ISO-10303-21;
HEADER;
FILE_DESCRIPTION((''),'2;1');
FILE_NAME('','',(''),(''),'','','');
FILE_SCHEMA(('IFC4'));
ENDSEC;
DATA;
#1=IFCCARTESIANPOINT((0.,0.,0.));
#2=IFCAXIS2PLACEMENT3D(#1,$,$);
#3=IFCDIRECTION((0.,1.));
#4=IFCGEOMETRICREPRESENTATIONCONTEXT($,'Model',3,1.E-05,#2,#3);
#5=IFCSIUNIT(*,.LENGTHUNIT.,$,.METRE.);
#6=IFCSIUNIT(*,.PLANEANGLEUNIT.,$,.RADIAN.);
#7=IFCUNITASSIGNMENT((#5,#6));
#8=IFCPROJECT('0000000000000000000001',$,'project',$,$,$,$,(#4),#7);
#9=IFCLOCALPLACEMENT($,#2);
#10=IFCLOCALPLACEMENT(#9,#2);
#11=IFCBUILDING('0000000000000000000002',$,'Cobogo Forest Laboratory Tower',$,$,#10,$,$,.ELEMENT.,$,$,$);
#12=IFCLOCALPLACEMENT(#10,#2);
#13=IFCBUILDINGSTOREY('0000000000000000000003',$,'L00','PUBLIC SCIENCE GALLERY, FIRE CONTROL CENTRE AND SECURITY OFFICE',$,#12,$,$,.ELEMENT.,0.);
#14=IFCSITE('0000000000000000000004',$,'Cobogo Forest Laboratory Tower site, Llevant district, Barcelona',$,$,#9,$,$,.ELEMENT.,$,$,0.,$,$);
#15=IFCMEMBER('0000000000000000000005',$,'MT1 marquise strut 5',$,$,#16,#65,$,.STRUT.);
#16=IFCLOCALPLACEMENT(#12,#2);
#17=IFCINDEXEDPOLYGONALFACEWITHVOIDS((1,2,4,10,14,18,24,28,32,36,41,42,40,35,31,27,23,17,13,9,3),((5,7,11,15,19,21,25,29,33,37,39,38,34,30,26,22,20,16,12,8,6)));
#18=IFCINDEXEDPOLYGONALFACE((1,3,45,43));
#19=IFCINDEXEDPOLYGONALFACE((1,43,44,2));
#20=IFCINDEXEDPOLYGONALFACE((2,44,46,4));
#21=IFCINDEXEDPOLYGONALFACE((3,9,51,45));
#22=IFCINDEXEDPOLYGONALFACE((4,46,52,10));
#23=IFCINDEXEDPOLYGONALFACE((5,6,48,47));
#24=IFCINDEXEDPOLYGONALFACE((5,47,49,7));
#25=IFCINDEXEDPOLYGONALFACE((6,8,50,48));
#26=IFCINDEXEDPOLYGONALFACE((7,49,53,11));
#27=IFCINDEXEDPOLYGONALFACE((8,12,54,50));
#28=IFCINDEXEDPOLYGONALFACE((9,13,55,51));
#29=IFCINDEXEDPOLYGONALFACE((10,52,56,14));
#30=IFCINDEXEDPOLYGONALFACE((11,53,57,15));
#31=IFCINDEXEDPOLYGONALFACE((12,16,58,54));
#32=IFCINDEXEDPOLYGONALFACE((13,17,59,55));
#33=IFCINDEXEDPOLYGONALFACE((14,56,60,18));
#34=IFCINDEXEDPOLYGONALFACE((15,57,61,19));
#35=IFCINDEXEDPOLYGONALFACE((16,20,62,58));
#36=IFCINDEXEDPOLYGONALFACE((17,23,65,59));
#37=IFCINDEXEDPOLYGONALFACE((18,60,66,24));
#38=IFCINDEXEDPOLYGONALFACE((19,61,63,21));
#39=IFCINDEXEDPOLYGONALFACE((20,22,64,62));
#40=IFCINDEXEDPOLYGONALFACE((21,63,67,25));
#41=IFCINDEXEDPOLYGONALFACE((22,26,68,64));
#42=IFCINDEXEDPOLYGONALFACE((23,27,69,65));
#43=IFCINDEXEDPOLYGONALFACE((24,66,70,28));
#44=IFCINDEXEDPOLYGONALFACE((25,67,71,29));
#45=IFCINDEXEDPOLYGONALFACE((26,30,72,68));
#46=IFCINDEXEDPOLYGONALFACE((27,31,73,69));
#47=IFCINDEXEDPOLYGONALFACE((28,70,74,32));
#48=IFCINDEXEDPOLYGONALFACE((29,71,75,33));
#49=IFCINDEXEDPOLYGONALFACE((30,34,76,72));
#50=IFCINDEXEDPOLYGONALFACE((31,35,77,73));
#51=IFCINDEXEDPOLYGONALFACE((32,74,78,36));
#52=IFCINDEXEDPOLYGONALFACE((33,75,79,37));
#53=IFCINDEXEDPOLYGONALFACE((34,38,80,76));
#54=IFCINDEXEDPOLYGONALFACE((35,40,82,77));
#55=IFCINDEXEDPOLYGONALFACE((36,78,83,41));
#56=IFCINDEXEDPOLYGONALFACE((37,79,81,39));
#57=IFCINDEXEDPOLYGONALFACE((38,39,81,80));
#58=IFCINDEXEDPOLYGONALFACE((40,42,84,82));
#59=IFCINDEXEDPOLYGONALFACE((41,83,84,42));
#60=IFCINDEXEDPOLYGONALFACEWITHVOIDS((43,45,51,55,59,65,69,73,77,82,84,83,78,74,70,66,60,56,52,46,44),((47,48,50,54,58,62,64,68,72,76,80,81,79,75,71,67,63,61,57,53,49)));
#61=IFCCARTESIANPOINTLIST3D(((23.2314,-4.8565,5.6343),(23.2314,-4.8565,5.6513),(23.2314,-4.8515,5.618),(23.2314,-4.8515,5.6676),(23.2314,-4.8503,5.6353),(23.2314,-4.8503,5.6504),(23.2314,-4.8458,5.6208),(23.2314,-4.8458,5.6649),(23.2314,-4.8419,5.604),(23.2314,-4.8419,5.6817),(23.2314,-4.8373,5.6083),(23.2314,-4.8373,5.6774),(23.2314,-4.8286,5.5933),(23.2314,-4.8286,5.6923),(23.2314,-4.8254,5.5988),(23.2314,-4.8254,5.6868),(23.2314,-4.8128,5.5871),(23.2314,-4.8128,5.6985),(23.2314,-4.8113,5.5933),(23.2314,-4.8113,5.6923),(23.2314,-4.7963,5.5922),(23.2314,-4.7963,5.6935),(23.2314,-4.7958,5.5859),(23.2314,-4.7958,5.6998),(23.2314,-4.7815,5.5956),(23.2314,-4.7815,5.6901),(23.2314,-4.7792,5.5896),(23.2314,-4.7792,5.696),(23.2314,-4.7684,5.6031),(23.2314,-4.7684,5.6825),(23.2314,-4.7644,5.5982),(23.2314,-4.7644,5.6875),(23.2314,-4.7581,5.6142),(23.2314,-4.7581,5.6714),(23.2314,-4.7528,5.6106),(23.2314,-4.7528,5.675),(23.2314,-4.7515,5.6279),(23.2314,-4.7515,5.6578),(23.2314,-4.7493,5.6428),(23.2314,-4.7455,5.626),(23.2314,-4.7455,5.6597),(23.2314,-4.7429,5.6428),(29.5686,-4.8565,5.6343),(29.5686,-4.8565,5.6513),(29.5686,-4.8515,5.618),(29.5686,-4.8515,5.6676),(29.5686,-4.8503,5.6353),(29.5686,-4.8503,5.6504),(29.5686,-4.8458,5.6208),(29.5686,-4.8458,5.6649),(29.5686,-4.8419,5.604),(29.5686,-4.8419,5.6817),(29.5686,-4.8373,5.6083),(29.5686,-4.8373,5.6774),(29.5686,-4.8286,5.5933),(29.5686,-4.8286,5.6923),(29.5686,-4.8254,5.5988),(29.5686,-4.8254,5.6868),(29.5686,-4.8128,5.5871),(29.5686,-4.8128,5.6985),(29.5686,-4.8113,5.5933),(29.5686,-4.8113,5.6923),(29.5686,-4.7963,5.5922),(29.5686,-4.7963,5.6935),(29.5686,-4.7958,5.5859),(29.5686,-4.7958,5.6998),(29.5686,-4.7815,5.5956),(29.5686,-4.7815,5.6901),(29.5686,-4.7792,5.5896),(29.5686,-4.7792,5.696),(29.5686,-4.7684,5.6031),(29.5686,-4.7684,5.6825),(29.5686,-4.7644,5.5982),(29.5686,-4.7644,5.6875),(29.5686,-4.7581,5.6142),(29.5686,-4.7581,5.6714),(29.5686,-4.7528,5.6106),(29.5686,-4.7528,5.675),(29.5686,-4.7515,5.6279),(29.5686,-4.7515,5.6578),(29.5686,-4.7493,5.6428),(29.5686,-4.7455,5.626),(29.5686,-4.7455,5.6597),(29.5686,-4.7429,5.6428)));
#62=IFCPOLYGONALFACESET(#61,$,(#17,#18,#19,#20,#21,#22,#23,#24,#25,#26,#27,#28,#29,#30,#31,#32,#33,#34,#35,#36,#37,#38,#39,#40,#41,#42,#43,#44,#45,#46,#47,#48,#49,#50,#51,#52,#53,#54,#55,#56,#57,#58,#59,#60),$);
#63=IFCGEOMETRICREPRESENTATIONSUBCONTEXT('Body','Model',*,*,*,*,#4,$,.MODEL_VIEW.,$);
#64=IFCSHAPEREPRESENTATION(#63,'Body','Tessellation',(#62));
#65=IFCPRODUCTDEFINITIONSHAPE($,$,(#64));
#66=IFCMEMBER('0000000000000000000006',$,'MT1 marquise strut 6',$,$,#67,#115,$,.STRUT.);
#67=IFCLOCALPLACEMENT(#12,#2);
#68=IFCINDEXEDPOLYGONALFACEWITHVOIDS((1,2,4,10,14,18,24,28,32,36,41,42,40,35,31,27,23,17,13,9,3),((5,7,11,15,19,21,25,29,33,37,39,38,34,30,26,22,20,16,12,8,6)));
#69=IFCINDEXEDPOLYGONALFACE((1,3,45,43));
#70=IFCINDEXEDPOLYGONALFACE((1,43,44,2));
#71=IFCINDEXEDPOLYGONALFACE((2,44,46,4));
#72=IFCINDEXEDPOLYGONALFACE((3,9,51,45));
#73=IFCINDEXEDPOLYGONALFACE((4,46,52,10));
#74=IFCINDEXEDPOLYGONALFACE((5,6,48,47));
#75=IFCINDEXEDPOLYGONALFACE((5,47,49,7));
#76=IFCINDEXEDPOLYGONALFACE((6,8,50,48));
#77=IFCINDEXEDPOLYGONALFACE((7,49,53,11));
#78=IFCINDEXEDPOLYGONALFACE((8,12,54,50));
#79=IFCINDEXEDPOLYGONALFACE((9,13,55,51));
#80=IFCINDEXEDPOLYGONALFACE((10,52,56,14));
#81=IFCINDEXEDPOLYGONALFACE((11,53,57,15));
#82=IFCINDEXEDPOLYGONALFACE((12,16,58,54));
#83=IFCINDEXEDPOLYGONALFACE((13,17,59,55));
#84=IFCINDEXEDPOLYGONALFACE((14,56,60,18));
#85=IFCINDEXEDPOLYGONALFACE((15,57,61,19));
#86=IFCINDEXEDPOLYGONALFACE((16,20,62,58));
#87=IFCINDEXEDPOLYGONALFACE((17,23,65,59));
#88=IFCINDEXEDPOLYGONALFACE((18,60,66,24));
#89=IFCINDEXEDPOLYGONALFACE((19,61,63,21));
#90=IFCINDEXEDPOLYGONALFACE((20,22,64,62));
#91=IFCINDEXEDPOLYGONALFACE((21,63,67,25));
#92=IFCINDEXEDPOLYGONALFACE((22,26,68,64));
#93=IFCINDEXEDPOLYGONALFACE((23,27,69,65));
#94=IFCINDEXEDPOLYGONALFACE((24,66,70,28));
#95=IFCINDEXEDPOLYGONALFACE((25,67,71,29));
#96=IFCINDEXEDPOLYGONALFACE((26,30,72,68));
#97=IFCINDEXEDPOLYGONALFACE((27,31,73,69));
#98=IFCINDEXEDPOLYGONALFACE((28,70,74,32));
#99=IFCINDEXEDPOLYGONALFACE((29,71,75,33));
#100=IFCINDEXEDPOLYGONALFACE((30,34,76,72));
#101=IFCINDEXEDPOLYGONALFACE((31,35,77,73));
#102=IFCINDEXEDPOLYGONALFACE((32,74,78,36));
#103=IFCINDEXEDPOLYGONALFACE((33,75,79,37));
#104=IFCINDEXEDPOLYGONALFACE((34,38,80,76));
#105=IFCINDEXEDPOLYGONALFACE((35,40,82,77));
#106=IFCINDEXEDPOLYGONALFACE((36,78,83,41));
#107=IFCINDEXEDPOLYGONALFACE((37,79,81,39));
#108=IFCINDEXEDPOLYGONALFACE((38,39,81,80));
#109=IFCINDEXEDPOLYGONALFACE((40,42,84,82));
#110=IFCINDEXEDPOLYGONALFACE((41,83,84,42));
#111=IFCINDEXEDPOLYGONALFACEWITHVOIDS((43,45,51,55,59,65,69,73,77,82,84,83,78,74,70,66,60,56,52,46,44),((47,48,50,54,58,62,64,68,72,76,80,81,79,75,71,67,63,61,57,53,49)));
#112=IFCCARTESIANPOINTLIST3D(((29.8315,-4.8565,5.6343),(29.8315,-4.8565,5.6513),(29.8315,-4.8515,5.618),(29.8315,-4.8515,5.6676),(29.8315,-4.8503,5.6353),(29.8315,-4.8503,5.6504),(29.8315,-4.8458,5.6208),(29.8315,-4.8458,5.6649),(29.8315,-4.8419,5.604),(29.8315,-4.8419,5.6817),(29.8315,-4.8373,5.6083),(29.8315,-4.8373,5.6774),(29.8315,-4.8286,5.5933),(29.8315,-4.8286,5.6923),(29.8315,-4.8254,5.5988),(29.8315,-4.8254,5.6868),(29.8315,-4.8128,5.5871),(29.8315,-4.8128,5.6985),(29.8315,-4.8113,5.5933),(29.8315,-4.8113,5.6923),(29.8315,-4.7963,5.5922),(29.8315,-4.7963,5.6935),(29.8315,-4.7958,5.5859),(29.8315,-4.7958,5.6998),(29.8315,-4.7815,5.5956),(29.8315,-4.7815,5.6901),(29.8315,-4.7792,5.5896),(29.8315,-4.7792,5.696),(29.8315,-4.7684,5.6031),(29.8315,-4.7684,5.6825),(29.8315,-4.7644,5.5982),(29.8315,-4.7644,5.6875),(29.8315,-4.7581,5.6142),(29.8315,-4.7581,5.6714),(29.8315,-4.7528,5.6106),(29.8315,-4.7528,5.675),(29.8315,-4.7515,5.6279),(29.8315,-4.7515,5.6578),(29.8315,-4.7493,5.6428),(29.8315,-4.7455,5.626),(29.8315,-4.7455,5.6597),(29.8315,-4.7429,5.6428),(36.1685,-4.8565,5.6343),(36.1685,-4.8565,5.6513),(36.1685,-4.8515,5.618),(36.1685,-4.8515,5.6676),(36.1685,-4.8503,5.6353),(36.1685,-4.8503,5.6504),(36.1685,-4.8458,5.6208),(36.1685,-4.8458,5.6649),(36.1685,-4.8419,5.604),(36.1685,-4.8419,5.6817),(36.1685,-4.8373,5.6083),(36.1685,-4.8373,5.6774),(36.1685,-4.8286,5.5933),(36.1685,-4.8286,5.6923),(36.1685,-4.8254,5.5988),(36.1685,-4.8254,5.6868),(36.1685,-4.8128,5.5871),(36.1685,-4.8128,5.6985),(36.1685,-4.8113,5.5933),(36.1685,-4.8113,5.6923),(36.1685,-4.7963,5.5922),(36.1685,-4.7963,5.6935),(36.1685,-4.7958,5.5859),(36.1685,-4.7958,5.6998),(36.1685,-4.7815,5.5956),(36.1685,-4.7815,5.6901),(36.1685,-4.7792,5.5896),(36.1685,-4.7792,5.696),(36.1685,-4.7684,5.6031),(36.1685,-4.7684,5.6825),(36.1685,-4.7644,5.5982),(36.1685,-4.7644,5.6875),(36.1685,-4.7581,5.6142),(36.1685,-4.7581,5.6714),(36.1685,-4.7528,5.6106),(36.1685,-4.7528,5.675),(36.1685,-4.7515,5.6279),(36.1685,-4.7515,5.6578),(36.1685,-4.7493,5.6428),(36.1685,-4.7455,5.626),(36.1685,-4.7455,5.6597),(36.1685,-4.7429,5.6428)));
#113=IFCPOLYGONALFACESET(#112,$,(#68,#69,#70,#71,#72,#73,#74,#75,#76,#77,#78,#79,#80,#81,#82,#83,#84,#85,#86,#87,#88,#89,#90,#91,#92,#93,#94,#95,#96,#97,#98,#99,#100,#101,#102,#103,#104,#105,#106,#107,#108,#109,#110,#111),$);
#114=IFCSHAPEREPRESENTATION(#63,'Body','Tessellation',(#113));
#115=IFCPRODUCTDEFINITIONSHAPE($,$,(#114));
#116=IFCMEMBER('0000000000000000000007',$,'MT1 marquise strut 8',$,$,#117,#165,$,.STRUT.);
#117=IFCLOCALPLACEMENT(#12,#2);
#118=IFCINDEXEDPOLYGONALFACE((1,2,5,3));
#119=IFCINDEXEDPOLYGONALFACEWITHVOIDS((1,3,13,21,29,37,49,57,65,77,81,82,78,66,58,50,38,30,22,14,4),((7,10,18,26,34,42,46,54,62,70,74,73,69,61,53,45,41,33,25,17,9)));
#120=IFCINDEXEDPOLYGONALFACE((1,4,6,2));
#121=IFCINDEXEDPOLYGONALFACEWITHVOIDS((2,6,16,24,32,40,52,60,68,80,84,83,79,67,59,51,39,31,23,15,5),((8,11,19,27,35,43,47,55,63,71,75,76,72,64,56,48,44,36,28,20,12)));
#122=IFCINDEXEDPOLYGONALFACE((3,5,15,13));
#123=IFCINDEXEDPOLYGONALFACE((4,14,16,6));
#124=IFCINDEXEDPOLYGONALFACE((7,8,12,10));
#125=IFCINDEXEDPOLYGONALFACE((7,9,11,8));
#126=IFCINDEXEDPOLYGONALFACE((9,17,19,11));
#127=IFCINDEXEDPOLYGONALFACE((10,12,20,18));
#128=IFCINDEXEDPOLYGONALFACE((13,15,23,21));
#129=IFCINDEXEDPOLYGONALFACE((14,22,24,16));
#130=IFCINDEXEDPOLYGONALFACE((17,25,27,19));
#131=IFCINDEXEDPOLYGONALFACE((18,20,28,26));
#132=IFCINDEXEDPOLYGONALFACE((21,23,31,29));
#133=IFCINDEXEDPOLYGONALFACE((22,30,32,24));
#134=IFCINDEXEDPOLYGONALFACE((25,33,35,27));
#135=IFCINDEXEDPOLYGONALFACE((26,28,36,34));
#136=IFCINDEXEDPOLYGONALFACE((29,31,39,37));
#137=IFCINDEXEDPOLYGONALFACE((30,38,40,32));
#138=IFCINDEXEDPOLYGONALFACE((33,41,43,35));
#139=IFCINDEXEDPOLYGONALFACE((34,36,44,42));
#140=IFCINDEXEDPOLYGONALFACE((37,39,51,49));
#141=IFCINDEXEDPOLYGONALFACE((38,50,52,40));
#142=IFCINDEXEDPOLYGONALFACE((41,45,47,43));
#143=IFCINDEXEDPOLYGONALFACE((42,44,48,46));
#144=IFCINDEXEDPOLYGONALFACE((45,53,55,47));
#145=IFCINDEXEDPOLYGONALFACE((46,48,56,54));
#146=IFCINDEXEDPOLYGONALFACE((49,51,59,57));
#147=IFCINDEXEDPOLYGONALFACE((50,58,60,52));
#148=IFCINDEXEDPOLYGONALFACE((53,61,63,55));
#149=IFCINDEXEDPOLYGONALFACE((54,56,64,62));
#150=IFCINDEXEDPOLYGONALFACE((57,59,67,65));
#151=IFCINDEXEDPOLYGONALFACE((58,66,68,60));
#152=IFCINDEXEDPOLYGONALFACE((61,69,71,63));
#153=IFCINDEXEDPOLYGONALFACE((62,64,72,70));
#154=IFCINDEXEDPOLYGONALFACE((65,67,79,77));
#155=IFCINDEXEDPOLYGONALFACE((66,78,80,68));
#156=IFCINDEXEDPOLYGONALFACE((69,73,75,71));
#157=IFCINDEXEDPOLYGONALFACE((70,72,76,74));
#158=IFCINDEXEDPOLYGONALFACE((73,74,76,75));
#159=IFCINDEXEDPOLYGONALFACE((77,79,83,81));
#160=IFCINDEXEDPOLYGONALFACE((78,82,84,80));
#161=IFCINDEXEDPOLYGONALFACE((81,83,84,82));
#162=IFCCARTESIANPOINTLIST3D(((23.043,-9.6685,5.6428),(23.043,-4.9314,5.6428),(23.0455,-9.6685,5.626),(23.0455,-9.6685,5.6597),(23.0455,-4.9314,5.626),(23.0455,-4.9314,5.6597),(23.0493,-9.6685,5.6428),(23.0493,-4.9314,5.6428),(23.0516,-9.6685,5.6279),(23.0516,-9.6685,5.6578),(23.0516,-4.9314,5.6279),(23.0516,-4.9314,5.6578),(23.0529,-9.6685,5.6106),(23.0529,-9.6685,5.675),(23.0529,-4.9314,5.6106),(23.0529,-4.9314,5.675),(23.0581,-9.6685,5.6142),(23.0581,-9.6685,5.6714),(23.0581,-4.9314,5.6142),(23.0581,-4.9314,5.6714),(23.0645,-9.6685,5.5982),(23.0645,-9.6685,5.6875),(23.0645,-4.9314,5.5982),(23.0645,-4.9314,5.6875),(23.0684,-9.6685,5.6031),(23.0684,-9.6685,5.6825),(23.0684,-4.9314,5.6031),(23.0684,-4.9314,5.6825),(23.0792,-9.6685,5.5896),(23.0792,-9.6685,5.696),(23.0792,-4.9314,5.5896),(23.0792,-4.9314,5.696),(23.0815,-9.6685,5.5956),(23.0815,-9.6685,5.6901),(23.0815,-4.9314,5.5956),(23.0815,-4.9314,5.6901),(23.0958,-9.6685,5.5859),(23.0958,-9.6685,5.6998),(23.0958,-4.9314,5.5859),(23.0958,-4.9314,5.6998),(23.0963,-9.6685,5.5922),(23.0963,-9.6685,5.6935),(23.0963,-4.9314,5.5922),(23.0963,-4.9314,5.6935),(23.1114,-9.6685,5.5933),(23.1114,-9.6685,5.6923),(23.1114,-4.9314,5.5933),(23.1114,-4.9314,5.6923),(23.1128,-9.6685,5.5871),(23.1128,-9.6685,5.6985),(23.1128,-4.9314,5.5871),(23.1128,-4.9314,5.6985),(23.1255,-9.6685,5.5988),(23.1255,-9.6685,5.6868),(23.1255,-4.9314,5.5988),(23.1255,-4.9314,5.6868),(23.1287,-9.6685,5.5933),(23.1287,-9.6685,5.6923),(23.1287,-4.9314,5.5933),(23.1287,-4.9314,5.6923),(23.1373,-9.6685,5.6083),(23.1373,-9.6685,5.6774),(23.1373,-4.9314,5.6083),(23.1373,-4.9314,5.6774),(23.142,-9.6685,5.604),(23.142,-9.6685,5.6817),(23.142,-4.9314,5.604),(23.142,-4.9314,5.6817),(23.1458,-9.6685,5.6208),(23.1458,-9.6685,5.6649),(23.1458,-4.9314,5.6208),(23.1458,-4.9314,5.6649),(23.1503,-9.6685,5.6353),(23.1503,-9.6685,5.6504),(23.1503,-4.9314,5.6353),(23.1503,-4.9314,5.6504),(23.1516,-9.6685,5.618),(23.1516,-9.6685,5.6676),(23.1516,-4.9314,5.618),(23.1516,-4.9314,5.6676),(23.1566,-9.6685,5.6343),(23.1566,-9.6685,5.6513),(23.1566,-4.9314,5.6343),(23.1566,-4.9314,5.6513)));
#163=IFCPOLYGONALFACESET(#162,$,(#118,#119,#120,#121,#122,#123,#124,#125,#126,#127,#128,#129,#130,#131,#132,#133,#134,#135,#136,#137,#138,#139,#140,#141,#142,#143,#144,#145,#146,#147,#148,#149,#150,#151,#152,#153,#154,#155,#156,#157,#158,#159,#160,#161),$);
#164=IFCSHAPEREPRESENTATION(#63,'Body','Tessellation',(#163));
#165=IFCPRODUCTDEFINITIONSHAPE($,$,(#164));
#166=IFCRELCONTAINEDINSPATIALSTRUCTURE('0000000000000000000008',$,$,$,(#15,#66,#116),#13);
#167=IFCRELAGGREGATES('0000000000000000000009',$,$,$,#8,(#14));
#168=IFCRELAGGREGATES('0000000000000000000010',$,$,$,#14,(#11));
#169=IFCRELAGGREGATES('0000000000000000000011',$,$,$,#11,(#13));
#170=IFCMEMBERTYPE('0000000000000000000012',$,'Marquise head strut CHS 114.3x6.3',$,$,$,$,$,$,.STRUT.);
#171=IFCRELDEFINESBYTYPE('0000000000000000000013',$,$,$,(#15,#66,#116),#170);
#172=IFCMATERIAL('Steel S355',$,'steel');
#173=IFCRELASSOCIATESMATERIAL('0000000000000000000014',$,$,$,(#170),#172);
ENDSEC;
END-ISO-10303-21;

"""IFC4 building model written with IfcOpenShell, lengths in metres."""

from ifc_helpers import new_model, si_unit, direction, frame, origin, origin_2d, place, context, subcontext, project, spatial, hollow_circle, extrude, material, material_profile, profile_set, type_object, element, save


model = new_model("IFC4")

# Units and contexts
model_context = context("Model", 3, precision=1e-05, world=origin(), true_north=direction((0.0, 1.0)))
body_context = subcontext(model_context, "Body", "Model", "MODEL_VIEW")
ifc_project = project(units=[si_unit("LENGTHUNIT", "METRE"), si_unit("PLANEANGLEUNIT", "RADIAN")], contexts=[model_context])

# Site, building, storey
site_placement = place(None, origin())
site = spatial("IfcSite", under=ifc_project, at=site_placement, Name="Cobogo Forest Laboratory Tower site, Llevant district, Barcelona", CompositionType="ELEMENT", RefElevation=0.0)
building_placement = place(site_placement, origin())
building = spatial("IfcBuilding", under=site, at=building_placement, Name="Cobogo Forest Laboratory Tower", CompositionType="ELEMENT")
storey_placement = place(building_placement, origin())
storey = spatial("IfcBuildingStorey", under=building, at=storey_placement, Name="L00", Description="PUBLIC SCIENCE GALLERY, FIRE CONTROL CENTRE AND SECURITY OFFICE", CompositionType="ELEMENT", Elevation=0.0)

# Shared definitions
ifc_material_1 = material(Name="Steel S355", Category="steel")

# Members
ifc_material_profile_1 = material_profile(ifc_material_1, hollow_circle(Radius=0.0571, WallThickness=0.0063, at=origin_2d()), Name="CHS 114.3x6.3")
ifc_profile_set_1 = profile_set([ifc_material_profile_1], Name="Steel S355")
member_type_1 = type_object("IfcMemberType", Name="Marquise head strut CHS 114.3x6.3", PredefinedType="STRUT", material=ifc_profile_set_1)
member_1_placement = place(storey_placement, frame((23.2314, -4.8, 5.6428), z_axis=(1.0, 0.0, 0.0), x_axis=(0.0, 1.0, 0.0)))
element("IfcMember", 1, at=member_1_placement, inside=storey, type_object=member_type_1, Name="MT1 marquise strut 5", PredefinedType="STRUT", context=body_context, shape_type="SweptSolid", body=[
    extrude(hollow_circle(Radius=0.0571, WallThickness=0.0063, at=origin_2d()), origin(), (0.0, 0.0, 1.0), 6.3372),
])
member_2_placement = place(storey_placement, frame((29.8315, -4.8, 5.6428), z_axis=(1.0, 0.0, 0.0), x_axis=(0.0, 1.0, 0.0)))
element("IfcMember", 2, at=member_2_placement, inside=storey, type_object=member_type_1, Name="MT1 marquise strut 6", PredefinedType="STRUT", context=body_context, shape_type="SweptSolid", body=[
    extrude(hollow_circle(Radius=0.0571, WallThickness=0.0063, at=origin_2d()), origin(), (0.0, 0.0, 1.0), 6.3369),
])
for number, where, z_axis, x_axis, name in (
    (3, (23.1001, -9.6685, 5.6428), (0.0, 1.0, 0.0), (-1.0, 0.0, 0.0), "MT1 marquise strut 8"),
):
    element("IfcMember", number, at=place(storey_placement, frame(where, z_axis=z_axis, x_axis=x_axis)), inside=storey, type_object=member_type_1, Name=name, PredefinedType="STRUT", context=body_context, shape_type="SweptSolid", body=[
        extrude(hollow_circle(Radius=0.0571, WallThickness=0.0063, at=origin_2d()), origin(), (0.0, 0.0, 1.0), 4.7371),
    ])

save(model, "model.ifc")
